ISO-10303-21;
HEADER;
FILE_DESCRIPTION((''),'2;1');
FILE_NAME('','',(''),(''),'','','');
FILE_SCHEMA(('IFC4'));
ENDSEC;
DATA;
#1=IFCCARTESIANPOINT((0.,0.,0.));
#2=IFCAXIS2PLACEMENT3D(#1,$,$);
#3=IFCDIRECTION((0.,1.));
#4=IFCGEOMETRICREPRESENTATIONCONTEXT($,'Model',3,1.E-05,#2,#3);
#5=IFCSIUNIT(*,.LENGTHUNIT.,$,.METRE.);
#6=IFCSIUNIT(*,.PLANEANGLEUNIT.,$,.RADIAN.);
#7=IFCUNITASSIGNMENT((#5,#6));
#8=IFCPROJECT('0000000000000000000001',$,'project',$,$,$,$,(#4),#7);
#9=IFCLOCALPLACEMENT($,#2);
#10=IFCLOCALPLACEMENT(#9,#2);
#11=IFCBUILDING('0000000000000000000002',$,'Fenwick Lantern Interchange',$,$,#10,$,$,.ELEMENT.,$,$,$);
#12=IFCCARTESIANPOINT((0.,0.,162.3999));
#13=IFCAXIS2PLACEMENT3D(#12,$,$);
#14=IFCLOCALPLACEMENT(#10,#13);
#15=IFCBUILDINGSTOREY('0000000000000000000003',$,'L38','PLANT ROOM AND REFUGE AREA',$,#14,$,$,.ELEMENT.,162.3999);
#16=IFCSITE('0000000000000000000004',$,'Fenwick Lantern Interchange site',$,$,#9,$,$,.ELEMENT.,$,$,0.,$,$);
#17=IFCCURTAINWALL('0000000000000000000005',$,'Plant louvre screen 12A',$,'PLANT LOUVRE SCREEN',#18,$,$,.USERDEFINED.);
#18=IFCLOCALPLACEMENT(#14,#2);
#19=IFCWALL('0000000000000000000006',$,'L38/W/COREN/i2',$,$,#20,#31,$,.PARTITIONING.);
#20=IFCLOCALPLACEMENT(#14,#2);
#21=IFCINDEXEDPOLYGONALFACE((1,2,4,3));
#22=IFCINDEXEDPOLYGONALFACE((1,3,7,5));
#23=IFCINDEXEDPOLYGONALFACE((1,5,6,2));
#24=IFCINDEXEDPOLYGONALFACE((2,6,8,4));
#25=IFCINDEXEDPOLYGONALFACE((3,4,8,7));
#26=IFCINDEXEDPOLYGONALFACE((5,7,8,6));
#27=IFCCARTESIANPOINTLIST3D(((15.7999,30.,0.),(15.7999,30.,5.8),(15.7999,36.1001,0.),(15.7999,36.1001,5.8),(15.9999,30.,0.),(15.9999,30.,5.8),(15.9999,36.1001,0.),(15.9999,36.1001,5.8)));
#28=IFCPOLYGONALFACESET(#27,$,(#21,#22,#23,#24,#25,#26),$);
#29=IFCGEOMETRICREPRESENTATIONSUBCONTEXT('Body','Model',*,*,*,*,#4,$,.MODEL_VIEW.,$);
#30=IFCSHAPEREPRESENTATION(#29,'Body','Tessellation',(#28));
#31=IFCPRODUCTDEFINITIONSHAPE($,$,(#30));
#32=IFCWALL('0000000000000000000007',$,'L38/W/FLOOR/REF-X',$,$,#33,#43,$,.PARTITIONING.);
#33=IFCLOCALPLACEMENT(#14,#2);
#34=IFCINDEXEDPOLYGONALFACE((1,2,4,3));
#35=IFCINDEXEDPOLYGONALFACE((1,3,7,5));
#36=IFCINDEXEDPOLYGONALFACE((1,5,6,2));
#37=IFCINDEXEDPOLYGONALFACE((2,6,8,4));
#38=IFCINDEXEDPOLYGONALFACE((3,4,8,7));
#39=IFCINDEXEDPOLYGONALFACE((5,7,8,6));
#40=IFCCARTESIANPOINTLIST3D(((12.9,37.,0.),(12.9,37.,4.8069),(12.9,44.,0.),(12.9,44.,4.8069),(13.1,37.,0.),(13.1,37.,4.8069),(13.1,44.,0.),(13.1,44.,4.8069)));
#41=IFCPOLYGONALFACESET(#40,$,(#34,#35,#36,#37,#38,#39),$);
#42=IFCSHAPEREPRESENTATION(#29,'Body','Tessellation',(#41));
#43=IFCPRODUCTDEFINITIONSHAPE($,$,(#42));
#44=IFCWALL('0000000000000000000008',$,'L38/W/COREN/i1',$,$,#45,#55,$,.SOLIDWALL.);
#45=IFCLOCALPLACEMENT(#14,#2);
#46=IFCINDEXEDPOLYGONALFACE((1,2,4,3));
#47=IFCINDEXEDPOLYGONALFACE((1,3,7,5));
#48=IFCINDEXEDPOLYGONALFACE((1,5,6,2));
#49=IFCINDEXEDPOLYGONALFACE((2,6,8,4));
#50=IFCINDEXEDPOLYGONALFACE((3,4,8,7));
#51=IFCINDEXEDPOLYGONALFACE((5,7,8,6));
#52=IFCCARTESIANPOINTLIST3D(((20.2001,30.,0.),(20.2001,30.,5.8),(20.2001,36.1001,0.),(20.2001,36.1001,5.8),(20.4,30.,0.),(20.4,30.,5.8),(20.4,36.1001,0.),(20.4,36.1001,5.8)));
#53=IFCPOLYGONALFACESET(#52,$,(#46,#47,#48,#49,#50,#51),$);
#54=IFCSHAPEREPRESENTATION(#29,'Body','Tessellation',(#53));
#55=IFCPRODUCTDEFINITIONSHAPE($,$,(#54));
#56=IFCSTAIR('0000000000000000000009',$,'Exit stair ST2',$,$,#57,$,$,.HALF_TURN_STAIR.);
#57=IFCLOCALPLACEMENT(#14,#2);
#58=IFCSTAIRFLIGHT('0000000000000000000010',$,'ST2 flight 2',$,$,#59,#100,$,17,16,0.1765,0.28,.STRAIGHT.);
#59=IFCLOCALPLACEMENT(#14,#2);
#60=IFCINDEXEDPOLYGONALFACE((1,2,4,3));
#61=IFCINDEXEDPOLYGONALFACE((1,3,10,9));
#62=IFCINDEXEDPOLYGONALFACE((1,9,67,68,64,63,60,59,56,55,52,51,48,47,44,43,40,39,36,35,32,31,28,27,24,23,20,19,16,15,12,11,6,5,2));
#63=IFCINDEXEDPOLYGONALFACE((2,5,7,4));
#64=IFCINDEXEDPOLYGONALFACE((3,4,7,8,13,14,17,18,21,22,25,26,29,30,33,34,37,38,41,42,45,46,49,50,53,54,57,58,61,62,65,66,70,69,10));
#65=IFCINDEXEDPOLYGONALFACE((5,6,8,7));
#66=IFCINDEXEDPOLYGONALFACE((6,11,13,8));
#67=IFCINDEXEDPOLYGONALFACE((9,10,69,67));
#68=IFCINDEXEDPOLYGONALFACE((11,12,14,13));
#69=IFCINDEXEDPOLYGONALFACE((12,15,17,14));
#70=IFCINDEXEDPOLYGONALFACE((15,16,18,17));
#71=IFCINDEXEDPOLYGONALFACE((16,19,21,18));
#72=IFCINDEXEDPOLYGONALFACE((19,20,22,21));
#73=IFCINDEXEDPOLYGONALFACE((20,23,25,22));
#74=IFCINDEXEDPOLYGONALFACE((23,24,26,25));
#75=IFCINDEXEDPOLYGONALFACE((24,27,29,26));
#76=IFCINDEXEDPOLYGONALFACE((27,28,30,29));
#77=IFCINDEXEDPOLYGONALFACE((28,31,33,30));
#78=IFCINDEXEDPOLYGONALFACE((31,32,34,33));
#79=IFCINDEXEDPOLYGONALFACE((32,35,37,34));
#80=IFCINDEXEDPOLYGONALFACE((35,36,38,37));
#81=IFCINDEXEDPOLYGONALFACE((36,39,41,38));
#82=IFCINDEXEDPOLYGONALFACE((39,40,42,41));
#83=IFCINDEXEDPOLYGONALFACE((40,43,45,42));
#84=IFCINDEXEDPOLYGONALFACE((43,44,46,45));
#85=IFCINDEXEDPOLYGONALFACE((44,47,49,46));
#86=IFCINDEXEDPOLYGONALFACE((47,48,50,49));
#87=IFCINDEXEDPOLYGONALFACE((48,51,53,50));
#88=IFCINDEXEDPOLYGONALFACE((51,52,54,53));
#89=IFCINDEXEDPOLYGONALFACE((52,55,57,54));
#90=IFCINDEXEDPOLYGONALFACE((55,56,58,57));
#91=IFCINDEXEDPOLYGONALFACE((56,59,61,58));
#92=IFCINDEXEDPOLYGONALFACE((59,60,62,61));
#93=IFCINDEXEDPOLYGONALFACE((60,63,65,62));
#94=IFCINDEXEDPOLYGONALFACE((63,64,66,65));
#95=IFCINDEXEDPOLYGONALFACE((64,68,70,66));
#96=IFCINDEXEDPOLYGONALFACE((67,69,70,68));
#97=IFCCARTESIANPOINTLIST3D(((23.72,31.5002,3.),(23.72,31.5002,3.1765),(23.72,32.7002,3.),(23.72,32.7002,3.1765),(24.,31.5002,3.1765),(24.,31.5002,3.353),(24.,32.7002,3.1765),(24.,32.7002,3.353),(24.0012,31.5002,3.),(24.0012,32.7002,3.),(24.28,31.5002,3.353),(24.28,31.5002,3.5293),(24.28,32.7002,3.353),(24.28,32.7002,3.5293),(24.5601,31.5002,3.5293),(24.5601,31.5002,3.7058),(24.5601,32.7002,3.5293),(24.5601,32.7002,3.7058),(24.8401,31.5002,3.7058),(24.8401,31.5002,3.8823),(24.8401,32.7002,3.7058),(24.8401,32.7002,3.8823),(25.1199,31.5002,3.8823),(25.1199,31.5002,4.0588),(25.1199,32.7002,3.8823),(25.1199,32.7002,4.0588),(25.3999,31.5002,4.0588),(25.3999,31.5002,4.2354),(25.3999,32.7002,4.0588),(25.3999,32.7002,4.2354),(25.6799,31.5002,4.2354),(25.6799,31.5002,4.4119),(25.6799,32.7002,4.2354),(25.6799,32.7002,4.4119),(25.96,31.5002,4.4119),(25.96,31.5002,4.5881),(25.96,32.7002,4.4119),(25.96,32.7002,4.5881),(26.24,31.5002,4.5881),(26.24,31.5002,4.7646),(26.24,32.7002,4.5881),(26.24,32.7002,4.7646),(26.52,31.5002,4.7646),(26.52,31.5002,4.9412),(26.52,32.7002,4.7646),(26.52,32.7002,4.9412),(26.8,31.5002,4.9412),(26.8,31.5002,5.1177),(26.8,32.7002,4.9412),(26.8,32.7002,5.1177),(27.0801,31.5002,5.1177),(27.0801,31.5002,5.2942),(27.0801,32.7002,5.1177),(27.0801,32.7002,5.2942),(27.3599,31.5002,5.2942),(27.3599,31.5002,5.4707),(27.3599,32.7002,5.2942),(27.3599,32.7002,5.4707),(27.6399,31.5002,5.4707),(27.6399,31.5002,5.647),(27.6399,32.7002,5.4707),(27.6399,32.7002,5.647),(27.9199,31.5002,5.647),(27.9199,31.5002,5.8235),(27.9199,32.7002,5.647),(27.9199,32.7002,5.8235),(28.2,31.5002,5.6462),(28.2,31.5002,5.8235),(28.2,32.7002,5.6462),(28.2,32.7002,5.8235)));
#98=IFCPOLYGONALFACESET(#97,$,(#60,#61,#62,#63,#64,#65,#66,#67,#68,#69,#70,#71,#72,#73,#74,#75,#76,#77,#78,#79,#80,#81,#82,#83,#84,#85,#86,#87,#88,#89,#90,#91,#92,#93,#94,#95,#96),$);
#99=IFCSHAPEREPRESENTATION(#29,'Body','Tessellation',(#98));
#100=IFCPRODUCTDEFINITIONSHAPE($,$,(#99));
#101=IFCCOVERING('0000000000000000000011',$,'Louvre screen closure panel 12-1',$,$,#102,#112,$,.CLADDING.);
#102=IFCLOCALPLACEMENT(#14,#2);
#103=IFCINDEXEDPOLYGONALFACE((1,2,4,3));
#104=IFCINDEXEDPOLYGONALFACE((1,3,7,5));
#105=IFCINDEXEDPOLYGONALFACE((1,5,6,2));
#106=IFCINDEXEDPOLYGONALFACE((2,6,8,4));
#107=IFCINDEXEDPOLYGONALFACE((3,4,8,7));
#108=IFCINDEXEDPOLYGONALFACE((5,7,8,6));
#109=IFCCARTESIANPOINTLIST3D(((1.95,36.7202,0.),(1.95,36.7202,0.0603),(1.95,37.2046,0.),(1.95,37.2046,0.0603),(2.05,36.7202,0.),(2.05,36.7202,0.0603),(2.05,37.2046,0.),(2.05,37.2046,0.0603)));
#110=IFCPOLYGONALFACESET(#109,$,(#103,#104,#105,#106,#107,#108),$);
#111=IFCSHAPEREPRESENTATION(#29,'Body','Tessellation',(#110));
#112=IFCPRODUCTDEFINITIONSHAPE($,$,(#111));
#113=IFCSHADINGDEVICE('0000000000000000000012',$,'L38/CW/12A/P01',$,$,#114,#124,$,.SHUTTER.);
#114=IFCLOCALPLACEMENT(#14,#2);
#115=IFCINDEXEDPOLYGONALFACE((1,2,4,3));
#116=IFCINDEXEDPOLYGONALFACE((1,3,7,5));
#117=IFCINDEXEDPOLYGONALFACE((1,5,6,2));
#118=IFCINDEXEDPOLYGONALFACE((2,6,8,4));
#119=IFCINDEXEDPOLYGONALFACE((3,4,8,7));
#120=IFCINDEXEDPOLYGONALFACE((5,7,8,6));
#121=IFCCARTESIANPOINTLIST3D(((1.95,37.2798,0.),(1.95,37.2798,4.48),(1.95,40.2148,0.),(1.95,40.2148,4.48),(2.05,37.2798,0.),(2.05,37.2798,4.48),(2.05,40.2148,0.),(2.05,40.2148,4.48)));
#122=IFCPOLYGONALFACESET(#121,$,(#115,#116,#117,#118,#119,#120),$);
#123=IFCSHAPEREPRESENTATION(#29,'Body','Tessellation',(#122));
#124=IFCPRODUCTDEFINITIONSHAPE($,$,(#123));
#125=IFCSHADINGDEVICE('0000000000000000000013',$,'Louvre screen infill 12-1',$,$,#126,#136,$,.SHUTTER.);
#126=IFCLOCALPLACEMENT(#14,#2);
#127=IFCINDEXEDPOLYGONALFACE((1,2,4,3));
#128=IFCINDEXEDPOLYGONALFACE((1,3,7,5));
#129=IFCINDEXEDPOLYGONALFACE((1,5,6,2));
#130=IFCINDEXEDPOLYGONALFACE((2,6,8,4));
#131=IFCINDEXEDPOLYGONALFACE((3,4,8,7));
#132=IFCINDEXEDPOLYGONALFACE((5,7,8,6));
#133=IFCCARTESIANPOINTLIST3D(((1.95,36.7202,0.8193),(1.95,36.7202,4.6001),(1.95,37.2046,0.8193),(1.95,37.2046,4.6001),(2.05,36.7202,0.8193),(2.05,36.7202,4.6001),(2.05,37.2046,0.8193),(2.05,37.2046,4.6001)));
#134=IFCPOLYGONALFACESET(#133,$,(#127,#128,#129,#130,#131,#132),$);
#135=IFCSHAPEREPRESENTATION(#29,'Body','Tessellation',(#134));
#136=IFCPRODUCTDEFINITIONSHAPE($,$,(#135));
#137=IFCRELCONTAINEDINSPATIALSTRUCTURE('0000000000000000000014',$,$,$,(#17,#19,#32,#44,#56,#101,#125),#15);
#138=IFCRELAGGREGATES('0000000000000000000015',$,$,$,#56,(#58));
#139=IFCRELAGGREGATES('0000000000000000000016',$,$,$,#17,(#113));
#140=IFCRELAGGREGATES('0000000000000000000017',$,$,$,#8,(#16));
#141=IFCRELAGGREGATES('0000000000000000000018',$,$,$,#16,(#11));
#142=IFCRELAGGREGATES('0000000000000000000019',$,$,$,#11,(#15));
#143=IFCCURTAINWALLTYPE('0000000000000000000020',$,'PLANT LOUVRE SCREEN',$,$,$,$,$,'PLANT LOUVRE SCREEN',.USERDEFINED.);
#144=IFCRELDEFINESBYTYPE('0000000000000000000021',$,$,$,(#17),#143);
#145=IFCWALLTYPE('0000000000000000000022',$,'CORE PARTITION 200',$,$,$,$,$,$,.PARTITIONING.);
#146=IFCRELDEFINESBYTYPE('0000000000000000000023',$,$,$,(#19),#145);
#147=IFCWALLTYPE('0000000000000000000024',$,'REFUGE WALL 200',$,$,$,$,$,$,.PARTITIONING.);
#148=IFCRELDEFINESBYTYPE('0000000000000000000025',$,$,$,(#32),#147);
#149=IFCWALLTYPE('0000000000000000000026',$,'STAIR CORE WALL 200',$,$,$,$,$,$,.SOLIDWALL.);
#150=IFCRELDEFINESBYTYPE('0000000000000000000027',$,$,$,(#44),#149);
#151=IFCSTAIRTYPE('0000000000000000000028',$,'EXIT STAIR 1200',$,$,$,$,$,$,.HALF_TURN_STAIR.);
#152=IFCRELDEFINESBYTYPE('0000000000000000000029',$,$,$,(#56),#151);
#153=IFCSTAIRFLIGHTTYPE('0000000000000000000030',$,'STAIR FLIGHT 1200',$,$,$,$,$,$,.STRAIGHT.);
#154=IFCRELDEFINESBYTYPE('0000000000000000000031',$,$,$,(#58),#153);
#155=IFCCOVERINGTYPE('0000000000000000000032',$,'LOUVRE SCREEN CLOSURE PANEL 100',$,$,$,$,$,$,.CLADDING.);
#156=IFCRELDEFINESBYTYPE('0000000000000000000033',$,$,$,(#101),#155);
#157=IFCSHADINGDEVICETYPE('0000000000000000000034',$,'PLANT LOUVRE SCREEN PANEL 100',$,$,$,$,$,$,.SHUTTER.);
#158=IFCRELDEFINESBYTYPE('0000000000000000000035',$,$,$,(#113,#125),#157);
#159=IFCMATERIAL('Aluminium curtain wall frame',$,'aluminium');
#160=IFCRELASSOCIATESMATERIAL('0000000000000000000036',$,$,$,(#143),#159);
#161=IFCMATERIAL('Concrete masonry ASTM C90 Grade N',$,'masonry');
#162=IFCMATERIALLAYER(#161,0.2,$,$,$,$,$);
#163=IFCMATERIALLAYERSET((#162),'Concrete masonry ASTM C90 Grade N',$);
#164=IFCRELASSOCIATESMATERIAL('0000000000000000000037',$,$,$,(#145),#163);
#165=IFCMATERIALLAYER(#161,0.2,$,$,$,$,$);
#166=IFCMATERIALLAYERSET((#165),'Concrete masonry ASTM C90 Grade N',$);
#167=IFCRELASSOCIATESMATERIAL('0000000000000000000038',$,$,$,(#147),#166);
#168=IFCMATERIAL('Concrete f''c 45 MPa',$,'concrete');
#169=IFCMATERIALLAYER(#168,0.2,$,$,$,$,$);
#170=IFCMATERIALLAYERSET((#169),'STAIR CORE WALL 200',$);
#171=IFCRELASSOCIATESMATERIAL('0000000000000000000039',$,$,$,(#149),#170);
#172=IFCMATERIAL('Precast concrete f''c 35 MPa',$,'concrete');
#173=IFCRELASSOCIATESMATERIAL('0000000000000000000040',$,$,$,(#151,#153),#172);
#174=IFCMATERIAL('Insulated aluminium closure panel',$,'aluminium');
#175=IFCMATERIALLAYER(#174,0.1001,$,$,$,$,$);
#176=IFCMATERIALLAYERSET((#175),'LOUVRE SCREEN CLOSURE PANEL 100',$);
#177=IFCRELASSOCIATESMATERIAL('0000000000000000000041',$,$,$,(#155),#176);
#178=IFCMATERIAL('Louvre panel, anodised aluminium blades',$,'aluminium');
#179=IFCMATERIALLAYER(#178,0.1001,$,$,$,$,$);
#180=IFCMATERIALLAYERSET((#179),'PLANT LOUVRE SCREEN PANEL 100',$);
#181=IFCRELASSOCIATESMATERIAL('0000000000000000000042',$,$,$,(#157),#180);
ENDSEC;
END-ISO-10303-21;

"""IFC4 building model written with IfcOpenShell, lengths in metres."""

from ifc_helpers import new_model, si_unit, direction, frame, frame_2d, origin, origin_2d, place, context, subcontext, project, spatial, polyline, rectangle, outline, extrude, material, layer, layer_set, type_object, element, aggregate, save


model = new_model("IFC4")

# Units and contexts
model_context = context("Model", 3, precision=1e-05, world=origin(), true_north=direction((0.0, 1.0)))
body_context = subcontext(model_context, "Body", "Model", "MODEL_VIEW")
ifc_project = project(units=[si_unit("LENGTHUNIT", "METRE"), si_unit("PLANEANGLEUNIT", "RADIAN")], contexts=[model_context])

# Site, building, storey
site_placement = place(None, origin())
site = spatial("IfcSite", under=ifc_project, at=site_placement, Name="Fenwick Lantern Interchange site", CompositionType="ELEMENT", RefElevation=0.0)
building_placement = place(site_placement, origin())
building = spatial("IfcBuilding", under=site, at=building_placement, Name="Fenwick Lantern Interchange", CompositionType="ELEMENT")
storey_placement = place(building_placement, frame((0.0, 0.0, 162.3999)))
storey = spatial("IfcBuildingStorey", under=building, at=storey_placement, Name="L38", Description="PLANT ROOM AND REFUGE AREA", CompositionType="ELEMENT", Elevation=162.3999)

# Curtain wall
ifc_material_1 = material(Name="Aluminium curtain wall frame", Category="aluminium")
curtain_wall_type = type_object("IfcCurtainWallType", Name="PLANT LOUVRE SCREEN", ElementType="PLANT LOUVRE SCREEN", PredefinedType="USERDEFINED", material=ifc_material_1)
curtain_wall_placement = place(storey_placement, origin())
curtain_wall = element("IfcCurtainWall", 1, at=curtain_wall_placement, inside=storey, type_object=curtain_wall_type, Name="Plant louvre screen 12A", ObjectType="PLANT LOUVRE SCREEN", PredefinedType="USERDEFINED")

# Wall
ifc_material_2 = material(Name="Concrete masonry ASTM C90 Grade N", Category="masonry")
ifc_layer_1 = layer(ifc_material_2, 0.2)
ifc_layer_set_1 = layer_set([ifc_layer_1], Name="Concrete masonry ASTM C90 Grade N")
wall_type_1 = type_object("IfcWallType", Name="CORE PARTITION 200", PredefinedType="PARTITIONING", material=ifc_layer_set_1)
wall_1_placement = place(storey_placement, frame((15.8999, 36.1001, 0.0), z_axis=(0.0, 0.0, 1.0), x_axis=(0.0, -1.0, 0.0)))
element("IfcWall", 2, at=wall_1_placement, inside=storey, type_object=wall_type_1, Name="L38/W/COREN/i2", PredefinedType="PARTITIONING", context=body_context, shape_type="SweptSolid", body=[
    extrude(rectangle(XDim=6.1001, YDim=0.2, at=frame_2d((3.05, 0.0))), origin(), (0.0, 0.0, 1.0), 5.8),
])

# Walls
ifc_layer_2 = layer(ifc_material_2, 0.2)
ifc_layer_set_2 = layer_set([ifc_layer_2], Name="Concrete masonry ASTM C90 Grade N")
wall_type_2 = type_object("IfcWallType", Name="REFUGE WALL 200", PredefinedType="PARTITIONING", material=ifc_layer_set_2)
wall_2_placement = place(storey_placement, frame((13.0, 37.0, 0.0), z_axis=(0.0, 0.0, 1.0), x_axis=(0.0, 1.0, 0.0)))
element("IfcWall", 3, at=wall_2_placement, inside=storey, type_object=wall_type_2, Name="L38/W/FLOOR/REF-X", PredefinedType="PARTITIONING", context=body_context, shape_type="SweptSolid", body=[
    extrude(rectangle(XDim=7.0, YDim=0.2, at=frame_2d((3.5, 0.0))), origin(), (0.0, 0.0, 1.0), 4.8069),
])
ifc_material_3 = material(Name="Concrete f'c 45 MPa", Category="concrete")
ifc_layer_3 = layer(ifc_material_3, 0.2)
ifc_layer_set_3 = layer_set([ifc_layer_3], Name="STAIR CORE WALL 200")
wall_type_3 = type_object("IfcWallType", Name="STAIR CORE WALL 200", PredefinedType="SOLIDWALL", material=ifc_layer_set_3)
wall_3_placement = place(storey_placement, frame((20.3, 36.1001, 0.0), z_axis=(0.0, 0.0, 1.0), x_axis=(0.0, -1.0, 0.0)))
element("IfcWall", 4, at=wall_3_placement, inside=storey, type_object=wall_type_3, Name="L38/W/COREN/i1", PredefinedType="SOLIDWALL", context=body_context, shape_type="SweptSolid", body=[
    extrude(rectangle(XDim=6.1001, YDim=0.2, at=frame_2d((3.05, 0.0))), origin(), (0.0, 0.0, 1.0), 5.8),
])

# Stair, stair flight
ifc_material_4 = material(Name="Precast concrete f'c 35 MPa", Category="concrete")
stair_type = type_object("IfcStairType", Name="EXIT STAIR 1200", PredefinedType="HALF_TURN_STAIR", material=ifc_material_4)
stair_placement = place(storey_placement, origin())
stair = element("IfcStair", 5, at=stair_placement, inside=storey, type_object=stair_type, Name="Exit stair ST2", PredefinedType="HALF_TURN_STAIR")
stair_flight_type = type_object("IfcStairFlightType", Name="STAIR FLIGHT 1200", PredefinedType="STRAIGHT", material=ifc_material_4)
stair_flight_placement = place(storey_placement, frame((23.72, 32.1001, 3.0), z_axis=(0.0, 0.0, 1.0), x_axis=(1.0, 0.0, 0.0)))
stair_flight = element("IfcStairFlight", 6, at=stair_flight_placement, type_object=stair_flight_type, Name="ST2 flight 2", NumberOfRisers=17, NumberOfTreads=16, PredefinedType="STRAIGHT", RiserHeight=0.1765, TreadLength=0.28, context=body_context, shape_type="SweptSolid", body=[
    extrude(outline(polyline([(0.0, 0.0), (0.0, 0.1765), (0.28, 0.1765), (0.28, 0.353), (0.5601, 0.353), (0.5601, 0.5293), (0.8401, 0.5293), (0.8401, 0.7058), (1.1201, 0.7058), (1.1201, 0.8823), (1.3999, 0.8823), (1.3999, 1.0588), (1.6799, 1.0588), (1.6799, 1.2354), (1.96, 1.2354), (1.96, 1.4119), (2.24, 1.4119), (2.24, 1.5881), (2.52, 1.5881), (2.52, 1.7646), (2.8, 1.7646), (2.8, 1.9412), (3.0801, 1.9412), (3.0801, 2.1177), (3.3601, 2.1177), (3.3601, 2.2942), (3.6399, 2.2942), (3.6399, 2.4707), (3.9199, 2.4707), (3.9199, 2.647), (4.2, 2.647), (4.2, 2.8235), (4.48, 2.8235), (4.48, 3.0), (4.48, 2.6462), (0.2812, 0.0), (0.0, 0.0)])), frame((0.0, 0.6001, 0.0), z_axis=(0.0, -1.0, 0.0), x_axis=(1.0, 0.0, 0.0)), (0.0, 0.0, 1.0), 1.2),
])
aggregate(stair, [stair_flight])

# Covering
ifc_material_5 = material(Name="Insulated aluminium closure panel", Category="aluminium")
ifc_layer_4 = layer(ifc_material_5, 0.1001)
ifc_layer_set_4 = layer_set([ifc_layer_4], Name="LOUVRE SCREEN CLOSURE PANEL 100")
covering_type = type_object("IfcCoveringType", Name="LOUVRE SCREEN CLOSURE PANEL 100", PredefinedType="CLADDING", material=ifc_layer_set_4)
covering_placement = place(storey_placement, frame((2.0, 36.9624, 0.0), z_axis=(0.0, 0.0, 1.0), x_axis=(0.0, -1.0, 0.0)))
element("IfcCovering", 7, at=covering_placement, inside=storey, type_object=covering_type, Name="Louvre screen closure panel 12-1", PredefinedType="CLADDING", context=body_context, shape_type="SweptSolid", body=[
    extrude(rectangle(XDim=0.4844, YDim=0.1001, at=origin_2d()), origin(), (0.0, 0.0, 1.0), 0.0603),
])

# Shading devices
ifc_material_6 = material(Name="Louvre panel, anodised aluminium blades", Category="aluminium")
ifc_layer_5 = layer(ifc_material_6, 0.1001)
ifc_layer_set_5 = layer_set([ifc_layer_5], Name="PLANT LOUVRE SCREEN PANEL 100")
shading_device_type = type_object("IfcShadingDeviceType", Name="PLANT LOUVRE SCREEN PANEL 100", PredefinedType="SHUTTER", material=ifc_layer_set_5)
shading_device_1_placement = place(storey_placement, frame((2.0, 38.7473, 0.0), z_axis=(0.0, 0.0, 1.0), x_axis=(0.0, -1.0, 0.0)))
shading_device_1 = element("IfcShadingDevice", 8, at=shading_device_1_placement, type_object=shading_device_type, Name="L38/CW/12A/P01", PredefinedType="SHUTTER", context=body_context, shape_type="SweptSolid", body=[
    extrude(rectangle(XDim=2.9351, YDim=0.1001, at=origin_2d()), origin(), (0.0, 0.0, 1.0), 4.48),
])
aggregate(curtain_wall, [shading_device_1])
shading_device_2_placement = place(storey_placement, frame((2.0, 36.9624, 0.8193), z_axis=(0.0, 0.0, 1.0), x_axis=(0.0, -1.0, 0.0)))
element("IfcShadingDevice", 9, at=shading_device_2_placement, inside=storey, type_object=shading_device_type, Name="Louvre screen infill 12-1", PredefinedType="SHUTTER", context=body_context, shape_type="SweptSolid", body=[
    extrude(rectangle(XDim=0.4844, YDim=0.1001, at=origin_2d()), origin(), (0.0, 0.0, 1.0), 3.7808),
])

save(model, "model.ifc")
